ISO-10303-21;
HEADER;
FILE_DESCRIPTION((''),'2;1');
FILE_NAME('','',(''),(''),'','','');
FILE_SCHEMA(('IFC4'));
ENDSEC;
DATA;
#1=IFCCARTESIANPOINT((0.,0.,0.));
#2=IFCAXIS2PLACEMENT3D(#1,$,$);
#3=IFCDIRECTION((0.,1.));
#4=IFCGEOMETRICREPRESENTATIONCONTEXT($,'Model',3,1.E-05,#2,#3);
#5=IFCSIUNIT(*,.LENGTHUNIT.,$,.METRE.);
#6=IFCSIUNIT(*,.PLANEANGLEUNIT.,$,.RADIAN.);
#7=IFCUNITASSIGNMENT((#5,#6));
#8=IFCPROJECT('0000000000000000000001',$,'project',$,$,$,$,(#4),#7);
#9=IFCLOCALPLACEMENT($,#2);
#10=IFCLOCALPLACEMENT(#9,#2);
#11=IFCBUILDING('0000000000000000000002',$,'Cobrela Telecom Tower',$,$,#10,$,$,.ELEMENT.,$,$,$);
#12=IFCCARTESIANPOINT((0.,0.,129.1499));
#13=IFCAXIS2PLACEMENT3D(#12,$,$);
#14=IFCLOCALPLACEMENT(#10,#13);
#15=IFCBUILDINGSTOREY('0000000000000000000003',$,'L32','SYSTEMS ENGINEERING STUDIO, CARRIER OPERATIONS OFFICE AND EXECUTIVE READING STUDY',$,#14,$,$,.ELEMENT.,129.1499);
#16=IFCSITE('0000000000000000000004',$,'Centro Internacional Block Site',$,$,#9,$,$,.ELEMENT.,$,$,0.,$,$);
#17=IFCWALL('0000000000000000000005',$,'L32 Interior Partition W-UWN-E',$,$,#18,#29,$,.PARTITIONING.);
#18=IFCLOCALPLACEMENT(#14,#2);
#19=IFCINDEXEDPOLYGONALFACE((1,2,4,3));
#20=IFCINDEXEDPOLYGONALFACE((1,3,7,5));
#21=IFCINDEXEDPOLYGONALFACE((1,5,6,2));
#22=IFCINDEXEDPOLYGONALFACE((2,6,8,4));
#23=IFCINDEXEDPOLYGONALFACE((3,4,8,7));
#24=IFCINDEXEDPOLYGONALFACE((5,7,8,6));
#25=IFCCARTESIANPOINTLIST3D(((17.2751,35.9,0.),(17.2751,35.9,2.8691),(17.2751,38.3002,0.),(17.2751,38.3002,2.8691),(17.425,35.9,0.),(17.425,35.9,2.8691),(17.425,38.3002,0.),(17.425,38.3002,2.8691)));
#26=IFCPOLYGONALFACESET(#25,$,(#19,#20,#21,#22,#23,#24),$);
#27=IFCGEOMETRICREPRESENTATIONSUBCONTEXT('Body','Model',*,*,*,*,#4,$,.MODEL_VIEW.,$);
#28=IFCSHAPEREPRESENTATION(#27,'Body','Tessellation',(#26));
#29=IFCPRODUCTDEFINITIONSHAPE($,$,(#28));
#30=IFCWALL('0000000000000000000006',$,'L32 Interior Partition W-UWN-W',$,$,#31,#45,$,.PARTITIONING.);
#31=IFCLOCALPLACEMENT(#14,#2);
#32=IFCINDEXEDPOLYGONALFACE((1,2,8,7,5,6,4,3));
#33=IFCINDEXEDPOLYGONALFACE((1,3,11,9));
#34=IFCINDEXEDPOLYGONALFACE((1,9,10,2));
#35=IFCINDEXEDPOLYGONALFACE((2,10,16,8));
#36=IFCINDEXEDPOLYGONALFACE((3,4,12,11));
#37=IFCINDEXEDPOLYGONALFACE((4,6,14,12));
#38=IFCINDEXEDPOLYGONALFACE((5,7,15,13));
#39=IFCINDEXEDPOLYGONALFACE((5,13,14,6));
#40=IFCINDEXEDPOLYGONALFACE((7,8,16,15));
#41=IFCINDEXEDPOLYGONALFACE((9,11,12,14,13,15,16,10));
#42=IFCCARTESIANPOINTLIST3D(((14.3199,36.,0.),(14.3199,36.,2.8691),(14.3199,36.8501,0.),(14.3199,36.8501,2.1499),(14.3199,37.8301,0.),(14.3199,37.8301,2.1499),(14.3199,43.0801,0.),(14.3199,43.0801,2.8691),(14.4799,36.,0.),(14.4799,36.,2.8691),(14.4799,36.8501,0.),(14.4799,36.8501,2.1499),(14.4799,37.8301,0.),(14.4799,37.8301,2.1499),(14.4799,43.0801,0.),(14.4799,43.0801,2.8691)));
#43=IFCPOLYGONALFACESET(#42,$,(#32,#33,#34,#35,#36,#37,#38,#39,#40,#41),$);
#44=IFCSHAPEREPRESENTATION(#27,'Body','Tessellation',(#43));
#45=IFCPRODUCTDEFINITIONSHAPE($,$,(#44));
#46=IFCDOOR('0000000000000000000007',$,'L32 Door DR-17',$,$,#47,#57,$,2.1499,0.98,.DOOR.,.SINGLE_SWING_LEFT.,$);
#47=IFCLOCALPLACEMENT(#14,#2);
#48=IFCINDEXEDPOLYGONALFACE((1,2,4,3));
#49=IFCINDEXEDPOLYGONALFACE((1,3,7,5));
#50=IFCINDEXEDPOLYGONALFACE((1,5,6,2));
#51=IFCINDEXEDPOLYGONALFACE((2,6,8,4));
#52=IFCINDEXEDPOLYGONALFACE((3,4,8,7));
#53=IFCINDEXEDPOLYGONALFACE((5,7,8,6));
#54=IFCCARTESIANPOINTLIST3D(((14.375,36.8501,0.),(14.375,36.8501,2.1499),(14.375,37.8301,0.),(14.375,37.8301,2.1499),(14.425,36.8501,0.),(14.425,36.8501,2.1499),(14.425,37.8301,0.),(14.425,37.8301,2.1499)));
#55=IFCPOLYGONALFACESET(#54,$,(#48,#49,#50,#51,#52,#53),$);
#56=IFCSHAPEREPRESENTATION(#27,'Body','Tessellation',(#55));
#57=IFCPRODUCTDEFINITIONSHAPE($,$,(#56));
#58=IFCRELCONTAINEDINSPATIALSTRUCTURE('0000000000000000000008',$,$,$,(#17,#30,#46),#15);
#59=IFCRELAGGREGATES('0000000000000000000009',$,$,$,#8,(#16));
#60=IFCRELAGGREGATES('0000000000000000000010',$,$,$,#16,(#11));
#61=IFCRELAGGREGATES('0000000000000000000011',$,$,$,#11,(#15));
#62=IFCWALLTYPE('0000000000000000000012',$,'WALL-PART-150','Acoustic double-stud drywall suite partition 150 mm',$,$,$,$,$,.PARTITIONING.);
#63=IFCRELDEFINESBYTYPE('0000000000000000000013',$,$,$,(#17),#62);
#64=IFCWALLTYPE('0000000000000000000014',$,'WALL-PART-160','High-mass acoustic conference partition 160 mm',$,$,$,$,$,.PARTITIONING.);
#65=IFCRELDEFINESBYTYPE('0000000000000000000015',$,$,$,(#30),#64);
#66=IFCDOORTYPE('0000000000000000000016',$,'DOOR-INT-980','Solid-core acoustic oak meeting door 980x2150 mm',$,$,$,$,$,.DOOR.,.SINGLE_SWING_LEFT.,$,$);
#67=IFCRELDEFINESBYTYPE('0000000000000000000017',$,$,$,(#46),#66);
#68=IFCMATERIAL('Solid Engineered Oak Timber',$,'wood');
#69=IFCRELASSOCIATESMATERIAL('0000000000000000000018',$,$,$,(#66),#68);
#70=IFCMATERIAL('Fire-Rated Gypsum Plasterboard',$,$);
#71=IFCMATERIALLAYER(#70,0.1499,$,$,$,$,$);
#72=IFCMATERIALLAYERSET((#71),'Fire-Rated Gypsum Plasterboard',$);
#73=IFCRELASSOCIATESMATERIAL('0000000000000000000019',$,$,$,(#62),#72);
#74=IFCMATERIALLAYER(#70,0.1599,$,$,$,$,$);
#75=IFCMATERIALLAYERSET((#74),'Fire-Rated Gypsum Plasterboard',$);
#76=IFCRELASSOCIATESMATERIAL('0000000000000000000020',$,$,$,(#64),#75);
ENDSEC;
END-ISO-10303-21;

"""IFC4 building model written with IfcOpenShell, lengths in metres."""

from ifc_helpers import new_model, si_unit, direction, frame, frame_2d, origin, place, context, subcontext, project, spatial, rectangle, extrude, material, layer, layer_set, type_object, element, fill, save


model = new_model("IFC4")

# Units and contexts
model_context = context("Model", 3, precision=1e-05, world=origin(), true_north=direction((0.0, 1.0)))
body_context = subcontext(model_context, "Body", "Model", "MODEL_VIEW")
ifc_project = project(units=[si_unit("LENGTHUNIT", "METRE"), si_unit("PLANEANGLEUNIT", "RADIAN")], contexts=[model_context])

# Site, building, storey
site_placement = place(None, origin())
site = spatial("IfcSite", under=ifc_project, at=site_placement, Name="Centro Internacional Block Site", CompositionType="ELEMENT", RefElevation=0.0)
building_placement = place(site_placement, origin())
building = spatial("IfcBuilding", under=site, at=building_placement, Name="Cobrela Telecom Tower", CompositionType="ELEMENT")
storey_placement = place(building_placement, frame((0.0, 0.0, 129.1499)))
storey = spatial("IfcBuildingStorey", under=building, at=storey_placement, Name="L32", Description="SYSTEMS ENGINEERING STUDIO, CARRIER OPERATIONS OFFICE AND EXECUTIVE READING STUDY", CompositionType="ELEMENT", Elevation=129.1499)

# Shared definitions
ifc_material_1 = material(Name="Fire-Rated Gypsum Plasterboard")
ifc_material_2 = material(Name="Solid Engineered Oak Timber", Category="wood")
door_type = type_object("IfcDoorType", Name="DOOR-INT-980", Description="Solid-core acoustic oak meeting door 980x2150 mm", OperationType="SINGLE_SWING_LEFT", PredefinedType="DOOR", material=ifc_material_2)

# Wall
ifc_layer_1 = layer(ifc_material_1, 0.1499)
ifc_layer_set_1 = layer_set([ifc_layer_1], Name="Fire-Rated Gypsum Plasterboard")
wall_type_1 = type_object("IfcWallType", Name="WALL-PART-150", Description="Acoustic double-stud drywall suite partition 150 mm", PredefinedType="PARTITIONING", material=ifc_layer_set_1)
wall_1_placement = place(storey_placement, frame((17.3501, 35.8999, 0.0), z_axis=(0.0, 0.0, 1.0), x_axis=(0.0, 1.0, 0.0)))
element("IfcWall", 1, at=wall_1_placement, inside=storey, type_object=wall_type_1, Name="L32 Interior Partition W-UWN-E", PredefinedType="PARTITIONING", context=body_context, shape_type="SweptSolid", body=[
    extrude(rectangle(XDim=2.4001, YDim=0.1499, at=frame_2d((1.2002, 0.0))), origin(), (0.0, 0.0, 1.0), 2.8691),
])

# Wall, opening, door
ifc_layer_2 = layer(ifc_material_1, 0.1599)
ifc_layer_set_2 = layer_set([ifc_layer_2], Name="Fire-Rated Gypsum Plasterboard")
wall_type_2 = type_object("IfcWallType", Name="WALL-PART-160", Description="High-mass acoustic conference partition 160 mm", PredefinedType="PARTITIONING", material=ifc_layer_set_2)
wall_2_placement = place(storey_placement, frame((14.3999, 36.0, 0.0), z_axis=(0.0, 0.0, 1.0), x_axis=(0.0, 1.0, 0.0)))
wall_2 = element("IfcWall", 2, at=wall_2_placement, inside=storey, type_object=wall_type_2, Name="L32 Interior Partition W-UWN-W", PredefinedType="PARTITIONING", context=body_context, shape_type="SweptSolid", body=[
    extrude(rectangle(XDim=7.0801, YDim=0.1599, at=frame_2d((3.54, 0.0))), origin(), (0.0, 0.0, 1.0), 2.8691),
])
opening_1_placement = place(wall_2_placement, frame((0.8501, 0.0, 0.0)))
opening_1 = element("IfcOpeningElement", 3, at=opening_1_placement, cuts=wall_2, PredefinedType="OPENING", context=body_context, shape_type="SweptSolid", body=[
    extrude(rectangle(XDim=0.98, YDim=2.1499, at=frame_2d((0.49, 1.075))), frame((0.0, 0.0918, 0.0), z_axis=(0.0, -1.0, 0.0), x_axis=(1.0, 0.0, 0.0)), (0.0, 0.0, 1.0), 0.1838),
])
door_1_placement = place(opening_1_placement, origin())
door_1 = element("IfcDoor", 4, at=door_1_placement, inside=storey, type_object=door_type, Name="L32 Door DR-17", OperationType="SINGLE_SWING_LEFT", OverallHeight=2.1499, OverallWidth=0.98, PredefinedType="DOOR", context=body_context, shape_type="SweptSolid", body=[
    extrude(rectangle(XDim=0.98, YDim=2.1499, at=frame_2d((0.49, 1.075))), frame((0.0, 0.0249, 0.0), z_axis=(0.0, -1.0, 0.0), x_axis=(1.0, 0.0, 0.0)), (0.0, 0.0, 1.0), 0.05),
])
fill(opening_1, door_1)

save(model, "model.ifc")
